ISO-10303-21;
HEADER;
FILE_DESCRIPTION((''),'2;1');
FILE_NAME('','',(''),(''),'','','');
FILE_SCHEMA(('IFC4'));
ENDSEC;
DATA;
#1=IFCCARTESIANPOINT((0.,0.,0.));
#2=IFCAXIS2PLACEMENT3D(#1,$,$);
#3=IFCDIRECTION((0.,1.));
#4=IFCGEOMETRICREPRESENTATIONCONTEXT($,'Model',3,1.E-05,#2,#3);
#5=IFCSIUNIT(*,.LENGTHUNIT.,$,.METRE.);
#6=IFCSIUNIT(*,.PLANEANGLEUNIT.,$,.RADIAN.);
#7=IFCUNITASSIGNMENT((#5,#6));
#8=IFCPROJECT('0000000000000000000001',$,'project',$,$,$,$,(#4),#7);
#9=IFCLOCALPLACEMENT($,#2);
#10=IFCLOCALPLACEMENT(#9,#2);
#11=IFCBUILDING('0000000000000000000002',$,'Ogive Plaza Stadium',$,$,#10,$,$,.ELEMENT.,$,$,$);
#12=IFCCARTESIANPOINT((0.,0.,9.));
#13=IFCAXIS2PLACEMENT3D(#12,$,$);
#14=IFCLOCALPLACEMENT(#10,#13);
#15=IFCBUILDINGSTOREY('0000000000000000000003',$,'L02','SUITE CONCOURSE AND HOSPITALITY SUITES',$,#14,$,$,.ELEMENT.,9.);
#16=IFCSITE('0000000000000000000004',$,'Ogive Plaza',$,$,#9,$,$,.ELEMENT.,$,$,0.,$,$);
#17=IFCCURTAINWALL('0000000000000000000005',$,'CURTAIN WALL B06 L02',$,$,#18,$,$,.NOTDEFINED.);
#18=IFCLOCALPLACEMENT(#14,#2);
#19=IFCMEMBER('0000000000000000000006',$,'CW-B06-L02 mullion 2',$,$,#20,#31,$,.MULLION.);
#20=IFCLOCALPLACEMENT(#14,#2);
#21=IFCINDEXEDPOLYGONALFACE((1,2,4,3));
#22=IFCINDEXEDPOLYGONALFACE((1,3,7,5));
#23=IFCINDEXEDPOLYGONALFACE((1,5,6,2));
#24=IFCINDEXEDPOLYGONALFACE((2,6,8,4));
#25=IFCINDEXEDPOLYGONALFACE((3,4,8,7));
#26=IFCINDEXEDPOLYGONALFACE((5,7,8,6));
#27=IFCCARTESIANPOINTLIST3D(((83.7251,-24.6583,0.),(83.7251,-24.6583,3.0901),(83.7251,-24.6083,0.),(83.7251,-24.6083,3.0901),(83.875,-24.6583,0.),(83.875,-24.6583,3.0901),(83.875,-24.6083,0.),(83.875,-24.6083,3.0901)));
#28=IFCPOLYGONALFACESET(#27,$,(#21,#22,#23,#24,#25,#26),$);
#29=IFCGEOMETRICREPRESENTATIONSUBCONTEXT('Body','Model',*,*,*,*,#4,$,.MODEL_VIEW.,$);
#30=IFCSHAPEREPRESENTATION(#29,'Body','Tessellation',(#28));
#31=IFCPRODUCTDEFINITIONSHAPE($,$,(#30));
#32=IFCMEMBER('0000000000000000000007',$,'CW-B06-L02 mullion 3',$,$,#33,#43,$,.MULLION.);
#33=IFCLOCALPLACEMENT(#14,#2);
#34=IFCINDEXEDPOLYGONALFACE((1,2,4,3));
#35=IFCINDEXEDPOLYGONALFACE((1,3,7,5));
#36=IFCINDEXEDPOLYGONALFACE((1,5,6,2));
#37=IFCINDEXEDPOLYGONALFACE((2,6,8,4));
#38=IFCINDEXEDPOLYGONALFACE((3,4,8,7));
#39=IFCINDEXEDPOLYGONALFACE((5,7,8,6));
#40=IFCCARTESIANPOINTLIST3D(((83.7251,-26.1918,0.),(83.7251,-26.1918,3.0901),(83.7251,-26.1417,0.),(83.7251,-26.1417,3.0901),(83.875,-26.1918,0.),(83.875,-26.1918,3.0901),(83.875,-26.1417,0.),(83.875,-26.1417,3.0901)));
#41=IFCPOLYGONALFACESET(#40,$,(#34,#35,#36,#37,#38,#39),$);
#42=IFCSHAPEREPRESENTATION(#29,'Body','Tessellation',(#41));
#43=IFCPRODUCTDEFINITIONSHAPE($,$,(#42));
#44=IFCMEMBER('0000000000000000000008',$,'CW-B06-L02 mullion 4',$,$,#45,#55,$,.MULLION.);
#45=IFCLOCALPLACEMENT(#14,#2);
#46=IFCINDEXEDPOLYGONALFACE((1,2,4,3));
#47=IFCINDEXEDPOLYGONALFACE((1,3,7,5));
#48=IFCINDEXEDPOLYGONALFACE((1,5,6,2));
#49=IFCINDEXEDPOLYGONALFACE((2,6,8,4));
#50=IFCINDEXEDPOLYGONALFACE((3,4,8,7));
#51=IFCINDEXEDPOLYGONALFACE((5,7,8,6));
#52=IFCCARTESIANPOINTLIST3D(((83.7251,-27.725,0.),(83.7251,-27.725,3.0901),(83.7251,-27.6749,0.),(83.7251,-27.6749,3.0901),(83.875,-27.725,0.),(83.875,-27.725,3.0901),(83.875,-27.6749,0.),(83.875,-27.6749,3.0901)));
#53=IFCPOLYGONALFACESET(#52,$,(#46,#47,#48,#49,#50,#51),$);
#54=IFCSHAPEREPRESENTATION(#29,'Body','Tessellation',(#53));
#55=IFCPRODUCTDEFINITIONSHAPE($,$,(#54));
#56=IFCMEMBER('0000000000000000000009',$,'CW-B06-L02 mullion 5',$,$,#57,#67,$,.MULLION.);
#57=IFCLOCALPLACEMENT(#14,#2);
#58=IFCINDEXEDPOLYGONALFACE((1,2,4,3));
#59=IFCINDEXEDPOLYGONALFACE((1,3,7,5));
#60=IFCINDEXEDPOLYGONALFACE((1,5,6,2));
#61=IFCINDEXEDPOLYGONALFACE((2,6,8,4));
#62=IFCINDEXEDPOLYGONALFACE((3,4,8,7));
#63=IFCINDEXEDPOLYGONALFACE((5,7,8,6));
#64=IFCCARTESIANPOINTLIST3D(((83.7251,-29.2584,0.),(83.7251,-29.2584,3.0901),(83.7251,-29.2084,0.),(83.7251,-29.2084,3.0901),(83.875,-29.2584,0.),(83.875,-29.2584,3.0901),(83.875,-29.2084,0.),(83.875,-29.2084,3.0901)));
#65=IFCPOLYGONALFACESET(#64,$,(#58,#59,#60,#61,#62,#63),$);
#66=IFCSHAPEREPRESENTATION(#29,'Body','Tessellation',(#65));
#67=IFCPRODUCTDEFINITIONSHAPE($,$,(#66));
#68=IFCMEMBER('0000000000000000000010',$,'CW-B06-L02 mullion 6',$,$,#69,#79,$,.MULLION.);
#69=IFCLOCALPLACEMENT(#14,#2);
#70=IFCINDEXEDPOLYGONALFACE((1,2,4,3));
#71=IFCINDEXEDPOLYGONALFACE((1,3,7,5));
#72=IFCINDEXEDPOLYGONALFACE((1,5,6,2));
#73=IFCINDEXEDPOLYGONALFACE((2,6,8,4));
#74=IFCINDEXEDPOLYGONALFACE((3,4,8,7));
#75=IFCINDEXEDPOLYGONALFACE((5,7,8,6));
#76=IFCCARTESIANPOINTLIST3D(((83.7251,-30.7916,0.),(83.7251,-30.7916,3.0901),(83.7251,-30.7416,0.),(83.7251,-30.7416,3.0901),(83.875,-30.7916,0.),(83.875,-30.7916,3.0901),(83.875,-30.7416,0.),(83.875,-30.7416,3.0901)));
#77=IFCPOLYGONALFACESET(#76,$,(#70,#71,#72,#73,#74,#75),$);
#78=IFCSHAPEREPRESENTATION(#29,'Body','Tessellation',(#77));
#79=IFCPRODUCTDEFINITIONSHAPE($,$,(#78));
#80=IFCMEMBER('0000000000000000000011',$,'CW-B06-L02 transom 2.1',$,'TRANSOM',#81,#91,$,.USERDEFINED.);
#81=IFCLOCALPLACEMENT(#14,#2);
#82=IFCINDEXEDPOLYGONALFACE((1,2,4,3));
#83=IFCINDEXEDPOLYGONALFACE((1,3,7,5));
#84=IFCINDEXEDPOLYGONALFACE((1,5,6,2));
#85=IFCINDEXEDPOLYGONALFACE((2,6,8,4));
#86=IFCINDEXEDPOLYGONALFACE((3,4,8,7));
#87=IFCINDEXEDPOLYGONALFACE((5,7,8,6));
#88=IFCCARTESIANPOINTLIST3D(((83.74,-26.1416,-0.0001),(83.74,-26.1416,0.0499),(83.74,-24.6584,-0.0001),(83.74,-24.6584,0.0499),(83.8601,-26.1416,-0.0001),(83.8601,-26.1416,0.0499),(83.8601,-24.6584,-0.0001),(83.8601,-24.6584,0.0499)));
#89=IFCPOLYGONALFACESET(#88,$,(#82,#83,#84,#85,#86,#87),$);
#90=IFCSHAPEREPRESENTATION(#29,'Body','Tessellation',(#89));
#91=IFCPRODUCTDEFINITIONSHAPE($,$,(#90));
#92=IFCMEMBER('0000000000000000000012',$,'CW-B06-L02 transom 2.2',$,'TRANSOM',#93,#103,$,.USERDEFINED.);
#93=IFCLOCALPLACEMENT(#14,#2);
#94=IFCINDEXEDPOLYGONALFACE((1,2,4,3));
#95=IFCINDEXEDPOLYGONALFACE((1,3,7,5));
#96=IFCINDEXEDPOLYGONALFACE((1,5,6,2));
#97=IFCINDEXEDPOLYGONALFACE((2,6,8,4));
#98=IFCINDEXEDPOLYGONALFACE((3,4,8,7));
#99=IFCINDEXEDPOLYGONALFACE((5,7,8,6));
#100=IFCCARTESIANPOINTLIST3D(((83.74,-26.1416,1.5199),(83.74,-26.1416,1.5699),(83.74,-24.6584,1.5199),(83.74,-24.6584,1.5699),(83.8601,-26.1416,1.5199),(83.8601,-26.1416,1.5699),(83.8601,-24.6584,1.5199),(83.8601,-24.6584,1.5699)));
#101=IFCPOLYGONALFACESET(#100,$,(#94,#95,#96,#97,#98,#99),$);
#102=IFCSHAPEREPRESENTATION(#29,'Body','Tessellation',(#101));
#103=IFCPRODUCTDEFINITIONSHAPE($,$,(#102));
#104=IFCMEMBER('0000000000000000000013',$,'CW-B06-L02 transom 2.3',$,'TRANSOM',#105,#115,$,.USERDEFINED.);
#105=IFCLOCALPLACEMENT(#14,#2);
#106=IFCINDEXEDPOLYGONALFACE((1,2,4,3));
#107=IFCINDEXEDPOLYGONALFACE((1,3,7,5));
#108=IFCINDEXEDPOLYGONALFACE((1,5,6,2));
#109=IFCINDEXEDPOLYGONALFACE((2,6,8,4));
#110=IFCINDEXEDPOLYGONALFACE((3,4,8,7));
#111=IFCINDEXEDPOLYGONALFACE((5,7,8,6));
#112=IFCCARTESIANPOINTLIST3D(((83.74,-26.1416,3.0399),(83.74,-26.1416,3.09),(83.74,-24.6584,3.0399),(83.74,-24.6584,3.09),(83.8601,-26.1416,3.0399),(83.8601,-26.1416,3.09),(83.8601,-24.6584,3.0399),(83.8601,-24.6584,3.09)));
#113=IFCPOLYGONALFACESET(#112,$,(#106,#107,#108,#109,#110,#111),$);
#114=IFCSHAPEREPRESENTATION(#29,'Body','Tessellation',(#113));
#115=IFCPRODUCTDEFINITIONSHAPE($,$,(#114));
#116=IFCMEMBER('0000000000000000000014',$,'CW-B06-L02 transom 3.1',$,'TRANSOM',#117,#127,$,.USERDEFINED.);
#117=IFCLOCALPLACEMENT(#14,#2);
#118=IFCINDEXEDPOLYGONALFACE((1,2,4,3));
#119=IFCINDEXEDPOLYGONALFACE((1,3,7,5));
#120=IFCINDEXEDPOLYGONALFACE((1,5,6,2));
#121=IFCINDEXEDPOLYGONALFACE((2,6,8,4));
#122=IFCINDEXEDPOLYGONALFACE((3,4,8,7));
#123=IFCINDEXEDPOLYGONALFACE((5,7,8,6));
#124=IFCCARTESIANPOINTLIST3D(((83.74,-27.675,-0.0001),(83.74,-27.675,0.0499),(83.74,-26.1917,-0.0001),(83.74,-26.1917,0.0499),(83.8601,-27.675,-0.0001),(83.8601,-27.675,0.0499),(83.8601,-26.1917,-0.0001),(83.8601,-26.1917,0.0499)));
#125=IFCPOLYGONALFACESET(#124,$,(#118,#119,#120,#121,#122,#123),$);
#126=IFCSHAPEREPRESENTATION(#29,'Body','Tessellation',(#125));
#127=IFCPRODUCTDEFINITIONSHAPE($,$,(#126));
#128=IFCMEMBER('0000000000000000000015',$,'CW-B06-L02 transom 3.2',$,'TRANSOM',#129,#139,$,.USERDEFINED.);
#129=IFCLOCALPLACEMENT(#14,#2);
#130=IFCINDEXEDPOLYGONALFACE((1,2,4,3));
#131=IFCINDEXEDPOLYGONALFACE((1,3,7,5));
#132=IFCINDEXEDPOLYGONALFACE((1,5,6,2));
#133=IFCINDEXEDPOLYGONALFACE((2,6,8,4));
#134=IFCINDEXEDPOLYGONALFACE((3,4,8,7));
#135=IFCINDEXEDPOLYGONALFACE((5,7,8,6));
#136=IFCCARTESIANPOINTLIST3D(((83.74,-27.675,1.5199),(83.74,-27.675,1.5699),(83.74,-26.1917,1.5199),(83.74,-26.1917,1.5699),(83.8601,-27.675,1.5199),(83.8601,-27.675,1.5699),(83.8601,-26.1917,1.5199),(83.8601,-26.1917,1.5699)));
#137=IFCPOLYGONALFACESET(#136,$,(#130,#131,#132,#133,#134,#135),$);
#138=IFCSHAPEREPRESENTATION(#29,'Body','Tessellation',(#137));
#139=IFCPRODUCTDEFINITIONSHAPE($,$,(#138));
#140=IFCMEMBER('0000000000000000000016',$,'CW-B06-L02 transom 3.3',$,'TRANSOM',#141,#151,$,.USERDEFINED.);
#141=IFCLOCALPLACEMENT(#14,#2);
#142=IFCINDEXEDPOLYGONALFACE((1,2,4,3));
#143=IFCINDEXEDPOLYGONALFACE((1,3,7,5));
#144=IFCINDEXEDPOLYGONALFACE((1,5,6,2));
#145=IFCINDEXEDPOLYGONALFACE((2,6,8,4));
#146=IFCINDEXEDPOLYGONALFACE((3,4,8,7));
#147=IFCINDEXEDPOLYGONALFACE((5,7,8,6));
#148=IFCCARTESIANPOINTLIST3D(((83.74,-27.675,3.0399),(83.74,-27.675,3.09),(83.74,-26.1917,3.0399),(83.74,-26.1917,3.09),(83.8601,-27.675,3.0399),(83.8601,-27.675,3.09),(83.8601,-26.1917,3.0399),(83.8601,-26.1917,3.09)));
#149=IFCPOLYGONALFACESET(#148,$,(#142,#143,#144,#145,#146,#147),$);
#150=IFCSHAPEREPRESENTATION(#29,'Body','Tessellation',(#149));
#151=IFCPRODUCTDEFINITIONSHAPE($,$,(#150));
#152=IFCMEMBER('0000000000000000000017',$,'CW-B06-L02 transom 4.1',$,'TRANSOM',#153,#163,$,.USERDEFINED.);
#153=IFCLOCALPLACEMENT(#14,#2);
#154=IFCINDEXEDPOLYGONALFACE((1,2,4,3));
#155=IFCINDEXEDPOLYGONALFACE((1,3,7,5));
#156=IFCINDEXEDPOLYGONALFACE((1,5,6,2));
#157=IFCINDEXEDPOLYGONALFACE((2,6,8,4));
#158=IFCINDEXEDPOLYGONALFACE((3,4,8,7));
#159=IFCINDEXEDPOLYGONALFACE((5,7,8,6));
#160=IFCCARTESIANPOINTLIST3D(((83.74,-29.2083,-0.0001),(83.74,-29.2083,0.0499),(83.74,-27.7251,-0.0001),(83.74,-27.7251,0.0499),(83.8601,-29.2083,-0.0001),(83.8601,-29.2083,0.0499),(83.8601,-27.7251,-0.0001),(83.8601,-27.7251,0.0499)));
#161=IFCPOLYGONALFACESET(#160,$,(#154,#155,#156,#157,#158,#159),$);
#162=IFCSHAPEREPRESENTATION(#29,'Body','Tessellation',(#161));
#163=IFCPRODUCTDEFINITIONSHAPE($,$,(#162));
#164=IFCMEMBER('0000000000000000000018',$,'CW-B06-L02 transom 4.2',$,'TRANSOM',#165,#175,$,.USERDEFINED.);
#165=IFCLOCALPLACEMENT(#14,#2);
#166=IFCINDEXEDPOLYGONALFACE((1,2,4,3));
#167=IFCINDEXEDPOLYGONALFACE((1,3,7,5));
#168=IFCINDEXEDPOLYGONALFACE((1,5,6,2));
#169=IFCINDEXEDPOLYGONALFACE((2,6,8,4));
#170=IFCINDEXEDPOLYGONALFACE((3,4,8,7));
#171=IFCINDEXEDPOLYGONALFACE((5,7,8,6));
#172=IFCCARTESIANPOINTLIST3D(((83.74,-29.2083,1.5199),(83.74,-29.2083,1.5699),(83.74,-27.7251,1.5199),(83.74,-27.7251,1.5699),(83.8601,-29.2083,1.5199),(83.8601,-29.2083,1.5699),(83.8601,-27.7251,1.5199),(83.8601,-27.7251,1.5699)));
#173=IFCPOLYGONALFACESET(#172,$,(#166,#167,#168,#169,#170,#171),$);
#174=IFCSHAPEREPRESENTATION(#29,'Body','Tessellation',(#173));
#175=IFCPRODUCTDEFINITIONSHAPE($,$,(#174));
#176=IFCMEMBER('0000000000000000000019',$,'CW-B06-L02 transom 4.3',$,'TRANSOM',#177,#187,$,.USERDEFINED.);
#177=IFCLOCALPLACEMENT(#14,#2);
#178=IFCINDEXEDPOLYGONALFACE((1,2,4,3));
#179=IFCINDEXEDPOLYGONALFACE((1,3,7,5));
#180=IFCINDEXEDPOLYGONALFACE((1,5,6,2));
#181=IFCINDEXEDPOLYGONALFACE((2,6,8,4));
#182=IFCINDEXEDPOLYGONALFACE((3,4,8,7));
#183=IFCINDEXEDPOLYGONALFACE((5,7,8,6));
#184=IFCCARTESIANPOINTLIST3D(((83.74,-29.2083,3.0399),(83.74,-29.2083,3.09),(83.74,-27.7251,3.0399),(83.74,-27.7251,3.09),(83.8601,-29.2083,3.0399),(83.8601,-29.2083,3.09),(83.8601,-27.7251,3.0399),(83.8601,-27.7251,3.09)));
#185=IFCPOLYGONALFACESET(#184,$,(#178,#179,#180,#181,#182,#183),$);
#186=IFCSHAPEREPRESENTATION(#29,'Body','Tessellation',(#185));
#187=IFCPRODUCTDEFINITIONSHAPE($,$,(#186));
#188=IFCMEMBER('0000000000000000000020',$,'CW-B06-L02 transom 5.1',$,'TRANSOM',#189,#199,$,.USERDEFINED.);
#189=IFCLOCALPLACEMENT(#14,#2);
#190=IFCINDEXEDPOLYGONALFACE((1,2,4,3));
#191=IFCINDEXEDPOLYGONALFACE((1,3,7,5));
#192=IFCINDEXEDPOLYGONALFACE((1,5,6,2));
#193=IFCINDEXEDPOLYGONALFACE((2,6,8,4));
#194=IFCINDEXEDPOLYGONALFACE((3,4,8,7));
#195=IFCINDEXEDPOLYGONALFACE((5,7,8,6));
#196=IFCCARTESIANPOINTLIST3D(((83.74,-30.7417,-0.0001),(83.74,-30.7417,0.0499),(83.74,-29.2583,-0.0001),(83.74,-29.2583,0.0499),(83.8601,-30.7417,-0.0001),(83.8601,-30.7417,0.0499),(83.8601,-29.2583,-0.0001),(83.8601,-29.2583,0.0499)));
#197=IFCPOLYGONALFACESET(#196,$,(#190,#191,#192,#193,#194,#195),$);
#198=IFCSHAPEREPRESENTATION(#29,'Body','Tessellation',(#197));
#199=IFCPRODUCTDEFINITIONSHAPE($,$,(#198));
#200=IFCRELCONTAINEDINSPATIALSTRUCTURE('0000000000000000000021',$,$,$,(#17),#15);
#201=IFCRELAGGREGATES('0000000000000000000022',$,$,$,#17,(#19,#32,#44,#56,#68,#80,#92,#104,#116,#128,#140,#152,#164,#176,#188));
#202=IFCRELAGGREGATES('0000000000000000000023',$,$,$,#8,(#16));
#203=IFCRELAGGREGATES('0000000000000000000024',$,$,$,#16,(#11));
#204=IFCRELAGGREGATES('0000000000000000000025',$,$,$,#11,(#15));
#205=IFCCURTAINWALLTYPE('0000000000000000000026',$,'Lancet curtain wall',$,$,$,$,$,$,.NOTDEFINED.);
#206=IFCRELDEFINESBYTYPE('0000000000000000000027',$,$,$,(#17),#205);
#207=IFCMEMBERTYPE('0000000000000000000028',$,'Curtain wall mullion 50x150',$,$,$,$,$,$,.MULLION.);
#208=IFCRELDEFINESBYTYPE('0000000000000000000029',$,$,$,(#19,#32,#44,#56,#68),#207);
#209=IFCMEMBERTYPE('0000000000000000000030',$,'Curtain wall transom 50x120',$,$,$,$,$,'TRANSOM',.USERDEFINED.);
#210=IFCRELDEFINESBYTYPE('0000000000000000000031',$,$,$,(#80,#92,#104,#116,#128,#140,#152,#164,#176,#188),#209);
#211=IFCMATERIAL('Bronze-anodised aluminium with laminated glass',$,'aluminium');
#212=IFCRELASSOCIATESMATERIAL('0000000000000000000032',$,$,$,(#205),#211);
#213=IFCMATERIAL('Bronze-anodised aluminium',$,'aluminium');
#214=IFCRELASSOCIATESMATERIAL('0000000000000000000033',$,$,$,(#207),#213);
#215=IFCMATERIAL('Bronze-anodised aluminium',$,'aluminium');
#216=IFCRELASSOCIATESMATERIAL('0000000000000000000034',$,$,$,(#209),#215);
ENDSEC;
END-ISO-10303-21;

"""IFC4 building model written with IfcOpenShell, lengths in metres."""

from ifc_helpers import new_model, si_unit, direction, frame, origin, origin_2d, place, context, subcontext, project, spatial, rectangle, extrude, material, material_profile, profile_set, type_object, element, aggregate, save


model = new_model("IFC4")

# Units and contexts
model_context = context("Model", 3, precision=1e-05, world=origin(), true_north=direction((0.0, 1.0)))
body_context = subcontext(model_context, "Body", "Model", "MODEL_VIEW")
ifc_project = project(units=[si_unit("LENGTHUNIT", "METRE"), si_unit("PLANEANGLEUNIT", "RADIAN")], contexts=[model_context])

# Site, building, storey
site_placement = place(None, origin())
site = spatial("IfcSite", under=ifc_project, at=site_placement, Name="Ogive Plaza", CompositionType="ELEMENT", RefElevation=0.0)
building_placement = place(site_placement, origin())
building = spatial("IfcBuilding", under=site, at=building_placement, Name="Ogive Plaza Stadium", CompositionType="ELEMENT")
storey_placement = place(building_placement, frame((0.0, 0.0, 9.0)))
storey = spatial("IfcBuildingStorey", under=building, at=storey_placement, Name="L02", Description="SUITE CONCOURSE AND HOSPITALITY SUITES", CompositionType="ELEMENT", Elevation=9.0)

# Curtain wall, members
ifc_material_1 = material(Name="Bronze-anodised aluminium with laminated glass", Category="aluminium")
curtain_wall_type = type_object("IfcCurtainWallType", Name="Lancet curtain wall", PredefinedType="NOTDEFINED", material=ifc_material_1)
curtain_wall_placement = place(storey_placement, origin())
curtain_wall = element("IfcCurtainWall", 1, at=curtain_wall_placement, inside=storey, type_object=curtain_wall_type, Name="CURTAIN WALL B06 L02", PredefinedType="NOTDEFINED")
ifc_material_2 = material(Name="Bronze-anodised aluminium", Category="aluminium")
ifc_material_profile_1 = material_profile(ifc_material_2, rectangle(XDim=0.1499, YDim=0.05, at=origin_2d()), Name="AL 150x50")
ifc_profile_set_1 = profile_set([ifc_material_profile_1], Name="Bronze-anodised aluminium")
member_type_1 = type_object("IfcMemberType", Name="Curtain wall mullion 50x150", PredefinedType="MULLION", material=ifc_profile_set_1)
member_1_placement = place(storey_placement, frame((83.8, -24.6333, 0.0), z_axis=(0.0, 0.0, 1.0), x_axis=(1.0, 0.0, 0.0)))
member_1 = element("IfcMember", 2, at=member_1_placement, type_object=member_type_1, Name="CW-B06-L02 mullion 2", PredefinedType="MULLION", context=body_context, shape_type="SweptSolid", body=[
    extrude(rectangle(XDim=0.1499, YDim=0.05, at=origin_2d()), origin(), (0.0, 0.0, 1.0), 3.0901),
])
member_2_placement = place(storey_placement, frame((83.8, -26.1667, 0.0), z_axis=(0.0, 0.0, 1.0), x_axis=(1.0, 0.0, 0.0)))
member_2 = element("IfcMember", 3, at=member_2_placement, type_object=member_type_1, Name="CW-B06-L02 mullion 3", PredefinedType="MULLION", context=body_context, shape_type="SweptSolid", body=[
    extrude(rectangle(XDim=0.1499, YDim=0.05, at=origin_2d()), origin(), (0.0, 0.0, 1.0), 3.0901),
])
member_3_placement = place(storey_placement, frame((83.8, -27.7, 0.0), z_axis=(0.0, 0.0, 1.0), x_axis=(1.0, 0.0, 0.0)))
member_3 = element("IfcMember", 4, at=member_3_placement, type_object=member_type_1, Name="CW-B06-L02 mullion 4", PredefinedType="MULLION", context=body_context, shape_type="SweptSolid", body=[
    extrude(rectangle(XDim=0.1499, YDim=0.05, at=origin_2d()), origin(), (0.0, 0.0, 1.0), 3.0901),
])
member_4_placement = place(storey_placement, frame((83.8, -29.2334, 0.0), z_axis=(0.0, 0.0, 1.0), x_axis=(1.0, 0.0, 0.0)))
member_4 = element("IfcMember", 5, at=member_4_placement, type_object=member_type_1, Name="CW-B06-L02 mullion 5", PredefinedType="MULLION", context=body_context, shape_type="SweptSolid", body=[
    extrude(rectangle(XDim=0.1499, YDim=0.05, at=origin_2d()), origin(), (0.0, 0.0, 1.0), 3.0901),
])
member_5_placement = place(storey_placement, frame((83.8, -30.7666, 0.0), z_axis=(0.0, 0.0, 1.0), x_axis=(1.0, 0.0, 0.0)))
member_5 = element("IfcMember", 6, at=member_5_placement, type_object=member_type_1, Name="CW-B06-L02 mullion 6", PredefinedType="MULLION", context=body_context, shape_type="SweptSolid", body=[
    extrude(rectangle(XDim=0.1499, YDim=0.05, at=origin_2d()), origin(), (0.0, 0.0, 1.0), 3.0901),
])
ifc_material_3 = material(Name="Bronze-anodised aluminium", Category="aluminium")
ifc_material_profile_2 = material_profile(ifc_material_3, rectangle(XDim=0.1201, YDim=0.05, at=origin_2d()), Name="AL 120x50")
ifc_profile_set_2 = profile_set([ifc_material_profile_2], Name="Bronze-anodised aluminium")
member_type_2 = type_object("IfcMemberType", Name="Curtain wall transom 50x120", ElementType="TRANSOM", PredefinedType="USERDEFINED", material=ifc_profile_set_2)
member_6_placement = place(storey_placement, frame((83.8, -24.6584, 0.0249), z_axis=(0.0, -1.0, 0.0), x_axis=(1.0, 0.0, 0.0)))
member_6 = element("IfcMember", 7, at=member_6_placement, type_object=member_type_2, Name="CW-B06-L02 transom 2.1", ObjectType="TRANSOM", PredefinedType="USERDEFINED", context=body_context, shape_type="SweptSolid", body=[
    extrude(rectangle(XDim=0.1201, YDim=0.05, at=origin_2d()), origin(), (0.0, 0.0, 1.0), 1.4832),
])
member_7_placement = place(storey_placement, frame((83.8, -24.6584, 1.5449), z_axis=(0.0, -1.0, 0.0), x_axis=(1.0, 0.0, 0.0)))
member_7 = element("IfcMember", 8, at=member_7_placement, type_object=member_type_2, Name="CW-B06-L02 transom 2.2", ObjectType="TRANSOM", PredefinedType="USERDEFINED", context=body_context, shape_type="SweptSolid", body=[
    extrude(rectangle(XDim=0.1201, YDim=0.05, at=origin_2d()), origin(), (0.0, 0.0, 1.0), 1.4832),
])
member_8_placement = place(storey_placement, frame((83.8, -24.6584, 3.0649), z_axis=(0.0, -1.0, 0.0), x_axis=(1.0, 0.0, 0.0)))
member_8 = element("IfcMember", 9, at=member_8_placement, type_object=member_type_2, Name="CW-B06-L02 transom 2.3", ObjectType="TRANSOM", PredefinedType="USERDEFINED", context=body_context, shape_type="SweptSolid", body=[
    extrude(rectangle(XDim=0.1201, YDim=0.05, at=origin_2d()), origin(), (0.0, 0.0, 1.0), 1.4832),
])
member_9_placement = place(storey_placement, frame((83.8, -26.1917, 0.0249), z_axis=(0.0, -1.0, 0.0), x_axis=(1.0, 0.0, 0.0)))
member_9 = element("IfcMember", 10, at=member_9_placement, type_object=member_type_2, Name="CW-B06-L02 transom 3.1", ObjectType="TRANSOM", PredefinedType="USERDEFINED", context=body_context, shape_type="SweptSolid", body=[
    extrude(rectangle(XDim=0.1201, YDim=0.05, at=origin_2d()), origin(), (0.0, 0.0, 1.0), 1.4834),
])
member_10_placement = place(storey_placement, frame((83.8, -26.1917, 1.5449), z_axis=(0.0, -1.0, 0.0), x_axis=(1.0, 0.0, 0.0)))
member_10 = element("IfcMember", 11, at=member_10_placement, type_object=member_type_2, Name="CW-B06-L02 transom 3.2", ObjectType="TRANSOM", PredefinedType="USERDEFINED", context=body_context, shape_type="SweptSolid", body=[
    extrude(rectangle(XDim=0.1201, YDim=0.05, at=origin_2d()), origin(), (0.0, 0.0, 1.0), 1.4834),
])
member_11_placement = place(storey_placement, frame((83.8, -26.1917, 3.0649), z_axis=(0.0, -1.0, 0.0), x_axis=(1.0, 0.0, 0.0)))
member_11 = element("IfcMember", 12, at=member_11_placement, type_object=member_type_2, Name="CW-B06-L02 transom 3.3", ObjectType="TRANSOM", PredefinedType="USERDEFINED", context=body_context, shape_type="SweptSolid", body=[
    extrude(rectangle(XDim=0.1201, YDim=0.05, at=origin_2d()), origin(), (0.0, 0.0, 1.0), 1.4834),
])
member_12_placement = place(storey_placement, frame((83.8, -27.7251, 0.0249), z_axis=(0.0, -1.0, 0.0), x_axis=(1.0, 0.0, 0.0)))
member_12 = element("IfcMember", 13, at=member_12_placement, type_object=member_type_2, Name="CW-B06-L02 transom 4.1", ObjectType="TRANSOM", PredefinedType="USERDEFINED", context=body_context, shape_type="SweptSolid", body=[
    extrude(rectangle(XDim=0.1201, YDim=0.05, at=origin_2d()), origin(), (0.0, 0.0, 1.0), 1.4832),
])
member_13_placement = place(storey_placement, frame((83.8, -27.7251, 1.5449), z_axis=(0.0, -1.0, 0.0), x_axis=(1.0, 0.0, 0.0)))
member_13 = element("IfcMember", 14, at=member_13_placement, type_object=member_type_2, Name="CW-B06-L02 transom 4.2", ObjectType="TRANSOM", PredefinedType="USERDEFINED", context=body_context, shape_type="SweptSolid", body=[
    extrude(rectangle(XDim=0.1201, YDim=0.05, at=origin_2d()), origin(), (0.0, 0.0, 1.0), 1.4832),
])
member_14_placement = place(storey_placement, frame((83.8, -27.7251, 3.0649), z_axis=(0.0, -1.0, 0.0), x_axis=(1.0, 0.0, 0.0)))
member_14 = element("IfcMember", 15, at=member_14_placement, type_object=member_type_2, Name="CW-B06-L02 transom 4.3", ObjectType="TRANSOM", PredefinedType="USERDEFINED", context=body_context, shape_type="SweptSolid", body=[
    extrude(rectangle(XDim=0.1201, YDim=0.05, at=origin_2d()), origin(), (0.0, 0.0, 1.0), 1.4832),
])
member_15_placement = place(storey_placement, frame((83.8, -29.2583, 0.0249), z_axis=(0.0, -1.0, 0.0), x_axis=(1.0, 0.0, 0.0)))
member_15 = element("IfcMember", 16, at=member_15_placement, type_object=member_type_2, Name="CW-B06-L02 transom 5.1", ObjectType="TRANSOM", PredefinedType="USERDEFINED", context=body_context, shape_type="SweptSolid", body=[
    extrude(rectangle(XDim=0.1201, YDim=0.05, at=origin_2d()), origin(), (0.0, 0.0, 1.0), 1.4834),
])
aggregate(curtain_wall, [member_1, member_2, member_3, member_4, member_5, member_6, member_7, member_8, member_9, member_10, member_11, member_12, member_13, member_14, member_15])

save(model, "model.ifc")
